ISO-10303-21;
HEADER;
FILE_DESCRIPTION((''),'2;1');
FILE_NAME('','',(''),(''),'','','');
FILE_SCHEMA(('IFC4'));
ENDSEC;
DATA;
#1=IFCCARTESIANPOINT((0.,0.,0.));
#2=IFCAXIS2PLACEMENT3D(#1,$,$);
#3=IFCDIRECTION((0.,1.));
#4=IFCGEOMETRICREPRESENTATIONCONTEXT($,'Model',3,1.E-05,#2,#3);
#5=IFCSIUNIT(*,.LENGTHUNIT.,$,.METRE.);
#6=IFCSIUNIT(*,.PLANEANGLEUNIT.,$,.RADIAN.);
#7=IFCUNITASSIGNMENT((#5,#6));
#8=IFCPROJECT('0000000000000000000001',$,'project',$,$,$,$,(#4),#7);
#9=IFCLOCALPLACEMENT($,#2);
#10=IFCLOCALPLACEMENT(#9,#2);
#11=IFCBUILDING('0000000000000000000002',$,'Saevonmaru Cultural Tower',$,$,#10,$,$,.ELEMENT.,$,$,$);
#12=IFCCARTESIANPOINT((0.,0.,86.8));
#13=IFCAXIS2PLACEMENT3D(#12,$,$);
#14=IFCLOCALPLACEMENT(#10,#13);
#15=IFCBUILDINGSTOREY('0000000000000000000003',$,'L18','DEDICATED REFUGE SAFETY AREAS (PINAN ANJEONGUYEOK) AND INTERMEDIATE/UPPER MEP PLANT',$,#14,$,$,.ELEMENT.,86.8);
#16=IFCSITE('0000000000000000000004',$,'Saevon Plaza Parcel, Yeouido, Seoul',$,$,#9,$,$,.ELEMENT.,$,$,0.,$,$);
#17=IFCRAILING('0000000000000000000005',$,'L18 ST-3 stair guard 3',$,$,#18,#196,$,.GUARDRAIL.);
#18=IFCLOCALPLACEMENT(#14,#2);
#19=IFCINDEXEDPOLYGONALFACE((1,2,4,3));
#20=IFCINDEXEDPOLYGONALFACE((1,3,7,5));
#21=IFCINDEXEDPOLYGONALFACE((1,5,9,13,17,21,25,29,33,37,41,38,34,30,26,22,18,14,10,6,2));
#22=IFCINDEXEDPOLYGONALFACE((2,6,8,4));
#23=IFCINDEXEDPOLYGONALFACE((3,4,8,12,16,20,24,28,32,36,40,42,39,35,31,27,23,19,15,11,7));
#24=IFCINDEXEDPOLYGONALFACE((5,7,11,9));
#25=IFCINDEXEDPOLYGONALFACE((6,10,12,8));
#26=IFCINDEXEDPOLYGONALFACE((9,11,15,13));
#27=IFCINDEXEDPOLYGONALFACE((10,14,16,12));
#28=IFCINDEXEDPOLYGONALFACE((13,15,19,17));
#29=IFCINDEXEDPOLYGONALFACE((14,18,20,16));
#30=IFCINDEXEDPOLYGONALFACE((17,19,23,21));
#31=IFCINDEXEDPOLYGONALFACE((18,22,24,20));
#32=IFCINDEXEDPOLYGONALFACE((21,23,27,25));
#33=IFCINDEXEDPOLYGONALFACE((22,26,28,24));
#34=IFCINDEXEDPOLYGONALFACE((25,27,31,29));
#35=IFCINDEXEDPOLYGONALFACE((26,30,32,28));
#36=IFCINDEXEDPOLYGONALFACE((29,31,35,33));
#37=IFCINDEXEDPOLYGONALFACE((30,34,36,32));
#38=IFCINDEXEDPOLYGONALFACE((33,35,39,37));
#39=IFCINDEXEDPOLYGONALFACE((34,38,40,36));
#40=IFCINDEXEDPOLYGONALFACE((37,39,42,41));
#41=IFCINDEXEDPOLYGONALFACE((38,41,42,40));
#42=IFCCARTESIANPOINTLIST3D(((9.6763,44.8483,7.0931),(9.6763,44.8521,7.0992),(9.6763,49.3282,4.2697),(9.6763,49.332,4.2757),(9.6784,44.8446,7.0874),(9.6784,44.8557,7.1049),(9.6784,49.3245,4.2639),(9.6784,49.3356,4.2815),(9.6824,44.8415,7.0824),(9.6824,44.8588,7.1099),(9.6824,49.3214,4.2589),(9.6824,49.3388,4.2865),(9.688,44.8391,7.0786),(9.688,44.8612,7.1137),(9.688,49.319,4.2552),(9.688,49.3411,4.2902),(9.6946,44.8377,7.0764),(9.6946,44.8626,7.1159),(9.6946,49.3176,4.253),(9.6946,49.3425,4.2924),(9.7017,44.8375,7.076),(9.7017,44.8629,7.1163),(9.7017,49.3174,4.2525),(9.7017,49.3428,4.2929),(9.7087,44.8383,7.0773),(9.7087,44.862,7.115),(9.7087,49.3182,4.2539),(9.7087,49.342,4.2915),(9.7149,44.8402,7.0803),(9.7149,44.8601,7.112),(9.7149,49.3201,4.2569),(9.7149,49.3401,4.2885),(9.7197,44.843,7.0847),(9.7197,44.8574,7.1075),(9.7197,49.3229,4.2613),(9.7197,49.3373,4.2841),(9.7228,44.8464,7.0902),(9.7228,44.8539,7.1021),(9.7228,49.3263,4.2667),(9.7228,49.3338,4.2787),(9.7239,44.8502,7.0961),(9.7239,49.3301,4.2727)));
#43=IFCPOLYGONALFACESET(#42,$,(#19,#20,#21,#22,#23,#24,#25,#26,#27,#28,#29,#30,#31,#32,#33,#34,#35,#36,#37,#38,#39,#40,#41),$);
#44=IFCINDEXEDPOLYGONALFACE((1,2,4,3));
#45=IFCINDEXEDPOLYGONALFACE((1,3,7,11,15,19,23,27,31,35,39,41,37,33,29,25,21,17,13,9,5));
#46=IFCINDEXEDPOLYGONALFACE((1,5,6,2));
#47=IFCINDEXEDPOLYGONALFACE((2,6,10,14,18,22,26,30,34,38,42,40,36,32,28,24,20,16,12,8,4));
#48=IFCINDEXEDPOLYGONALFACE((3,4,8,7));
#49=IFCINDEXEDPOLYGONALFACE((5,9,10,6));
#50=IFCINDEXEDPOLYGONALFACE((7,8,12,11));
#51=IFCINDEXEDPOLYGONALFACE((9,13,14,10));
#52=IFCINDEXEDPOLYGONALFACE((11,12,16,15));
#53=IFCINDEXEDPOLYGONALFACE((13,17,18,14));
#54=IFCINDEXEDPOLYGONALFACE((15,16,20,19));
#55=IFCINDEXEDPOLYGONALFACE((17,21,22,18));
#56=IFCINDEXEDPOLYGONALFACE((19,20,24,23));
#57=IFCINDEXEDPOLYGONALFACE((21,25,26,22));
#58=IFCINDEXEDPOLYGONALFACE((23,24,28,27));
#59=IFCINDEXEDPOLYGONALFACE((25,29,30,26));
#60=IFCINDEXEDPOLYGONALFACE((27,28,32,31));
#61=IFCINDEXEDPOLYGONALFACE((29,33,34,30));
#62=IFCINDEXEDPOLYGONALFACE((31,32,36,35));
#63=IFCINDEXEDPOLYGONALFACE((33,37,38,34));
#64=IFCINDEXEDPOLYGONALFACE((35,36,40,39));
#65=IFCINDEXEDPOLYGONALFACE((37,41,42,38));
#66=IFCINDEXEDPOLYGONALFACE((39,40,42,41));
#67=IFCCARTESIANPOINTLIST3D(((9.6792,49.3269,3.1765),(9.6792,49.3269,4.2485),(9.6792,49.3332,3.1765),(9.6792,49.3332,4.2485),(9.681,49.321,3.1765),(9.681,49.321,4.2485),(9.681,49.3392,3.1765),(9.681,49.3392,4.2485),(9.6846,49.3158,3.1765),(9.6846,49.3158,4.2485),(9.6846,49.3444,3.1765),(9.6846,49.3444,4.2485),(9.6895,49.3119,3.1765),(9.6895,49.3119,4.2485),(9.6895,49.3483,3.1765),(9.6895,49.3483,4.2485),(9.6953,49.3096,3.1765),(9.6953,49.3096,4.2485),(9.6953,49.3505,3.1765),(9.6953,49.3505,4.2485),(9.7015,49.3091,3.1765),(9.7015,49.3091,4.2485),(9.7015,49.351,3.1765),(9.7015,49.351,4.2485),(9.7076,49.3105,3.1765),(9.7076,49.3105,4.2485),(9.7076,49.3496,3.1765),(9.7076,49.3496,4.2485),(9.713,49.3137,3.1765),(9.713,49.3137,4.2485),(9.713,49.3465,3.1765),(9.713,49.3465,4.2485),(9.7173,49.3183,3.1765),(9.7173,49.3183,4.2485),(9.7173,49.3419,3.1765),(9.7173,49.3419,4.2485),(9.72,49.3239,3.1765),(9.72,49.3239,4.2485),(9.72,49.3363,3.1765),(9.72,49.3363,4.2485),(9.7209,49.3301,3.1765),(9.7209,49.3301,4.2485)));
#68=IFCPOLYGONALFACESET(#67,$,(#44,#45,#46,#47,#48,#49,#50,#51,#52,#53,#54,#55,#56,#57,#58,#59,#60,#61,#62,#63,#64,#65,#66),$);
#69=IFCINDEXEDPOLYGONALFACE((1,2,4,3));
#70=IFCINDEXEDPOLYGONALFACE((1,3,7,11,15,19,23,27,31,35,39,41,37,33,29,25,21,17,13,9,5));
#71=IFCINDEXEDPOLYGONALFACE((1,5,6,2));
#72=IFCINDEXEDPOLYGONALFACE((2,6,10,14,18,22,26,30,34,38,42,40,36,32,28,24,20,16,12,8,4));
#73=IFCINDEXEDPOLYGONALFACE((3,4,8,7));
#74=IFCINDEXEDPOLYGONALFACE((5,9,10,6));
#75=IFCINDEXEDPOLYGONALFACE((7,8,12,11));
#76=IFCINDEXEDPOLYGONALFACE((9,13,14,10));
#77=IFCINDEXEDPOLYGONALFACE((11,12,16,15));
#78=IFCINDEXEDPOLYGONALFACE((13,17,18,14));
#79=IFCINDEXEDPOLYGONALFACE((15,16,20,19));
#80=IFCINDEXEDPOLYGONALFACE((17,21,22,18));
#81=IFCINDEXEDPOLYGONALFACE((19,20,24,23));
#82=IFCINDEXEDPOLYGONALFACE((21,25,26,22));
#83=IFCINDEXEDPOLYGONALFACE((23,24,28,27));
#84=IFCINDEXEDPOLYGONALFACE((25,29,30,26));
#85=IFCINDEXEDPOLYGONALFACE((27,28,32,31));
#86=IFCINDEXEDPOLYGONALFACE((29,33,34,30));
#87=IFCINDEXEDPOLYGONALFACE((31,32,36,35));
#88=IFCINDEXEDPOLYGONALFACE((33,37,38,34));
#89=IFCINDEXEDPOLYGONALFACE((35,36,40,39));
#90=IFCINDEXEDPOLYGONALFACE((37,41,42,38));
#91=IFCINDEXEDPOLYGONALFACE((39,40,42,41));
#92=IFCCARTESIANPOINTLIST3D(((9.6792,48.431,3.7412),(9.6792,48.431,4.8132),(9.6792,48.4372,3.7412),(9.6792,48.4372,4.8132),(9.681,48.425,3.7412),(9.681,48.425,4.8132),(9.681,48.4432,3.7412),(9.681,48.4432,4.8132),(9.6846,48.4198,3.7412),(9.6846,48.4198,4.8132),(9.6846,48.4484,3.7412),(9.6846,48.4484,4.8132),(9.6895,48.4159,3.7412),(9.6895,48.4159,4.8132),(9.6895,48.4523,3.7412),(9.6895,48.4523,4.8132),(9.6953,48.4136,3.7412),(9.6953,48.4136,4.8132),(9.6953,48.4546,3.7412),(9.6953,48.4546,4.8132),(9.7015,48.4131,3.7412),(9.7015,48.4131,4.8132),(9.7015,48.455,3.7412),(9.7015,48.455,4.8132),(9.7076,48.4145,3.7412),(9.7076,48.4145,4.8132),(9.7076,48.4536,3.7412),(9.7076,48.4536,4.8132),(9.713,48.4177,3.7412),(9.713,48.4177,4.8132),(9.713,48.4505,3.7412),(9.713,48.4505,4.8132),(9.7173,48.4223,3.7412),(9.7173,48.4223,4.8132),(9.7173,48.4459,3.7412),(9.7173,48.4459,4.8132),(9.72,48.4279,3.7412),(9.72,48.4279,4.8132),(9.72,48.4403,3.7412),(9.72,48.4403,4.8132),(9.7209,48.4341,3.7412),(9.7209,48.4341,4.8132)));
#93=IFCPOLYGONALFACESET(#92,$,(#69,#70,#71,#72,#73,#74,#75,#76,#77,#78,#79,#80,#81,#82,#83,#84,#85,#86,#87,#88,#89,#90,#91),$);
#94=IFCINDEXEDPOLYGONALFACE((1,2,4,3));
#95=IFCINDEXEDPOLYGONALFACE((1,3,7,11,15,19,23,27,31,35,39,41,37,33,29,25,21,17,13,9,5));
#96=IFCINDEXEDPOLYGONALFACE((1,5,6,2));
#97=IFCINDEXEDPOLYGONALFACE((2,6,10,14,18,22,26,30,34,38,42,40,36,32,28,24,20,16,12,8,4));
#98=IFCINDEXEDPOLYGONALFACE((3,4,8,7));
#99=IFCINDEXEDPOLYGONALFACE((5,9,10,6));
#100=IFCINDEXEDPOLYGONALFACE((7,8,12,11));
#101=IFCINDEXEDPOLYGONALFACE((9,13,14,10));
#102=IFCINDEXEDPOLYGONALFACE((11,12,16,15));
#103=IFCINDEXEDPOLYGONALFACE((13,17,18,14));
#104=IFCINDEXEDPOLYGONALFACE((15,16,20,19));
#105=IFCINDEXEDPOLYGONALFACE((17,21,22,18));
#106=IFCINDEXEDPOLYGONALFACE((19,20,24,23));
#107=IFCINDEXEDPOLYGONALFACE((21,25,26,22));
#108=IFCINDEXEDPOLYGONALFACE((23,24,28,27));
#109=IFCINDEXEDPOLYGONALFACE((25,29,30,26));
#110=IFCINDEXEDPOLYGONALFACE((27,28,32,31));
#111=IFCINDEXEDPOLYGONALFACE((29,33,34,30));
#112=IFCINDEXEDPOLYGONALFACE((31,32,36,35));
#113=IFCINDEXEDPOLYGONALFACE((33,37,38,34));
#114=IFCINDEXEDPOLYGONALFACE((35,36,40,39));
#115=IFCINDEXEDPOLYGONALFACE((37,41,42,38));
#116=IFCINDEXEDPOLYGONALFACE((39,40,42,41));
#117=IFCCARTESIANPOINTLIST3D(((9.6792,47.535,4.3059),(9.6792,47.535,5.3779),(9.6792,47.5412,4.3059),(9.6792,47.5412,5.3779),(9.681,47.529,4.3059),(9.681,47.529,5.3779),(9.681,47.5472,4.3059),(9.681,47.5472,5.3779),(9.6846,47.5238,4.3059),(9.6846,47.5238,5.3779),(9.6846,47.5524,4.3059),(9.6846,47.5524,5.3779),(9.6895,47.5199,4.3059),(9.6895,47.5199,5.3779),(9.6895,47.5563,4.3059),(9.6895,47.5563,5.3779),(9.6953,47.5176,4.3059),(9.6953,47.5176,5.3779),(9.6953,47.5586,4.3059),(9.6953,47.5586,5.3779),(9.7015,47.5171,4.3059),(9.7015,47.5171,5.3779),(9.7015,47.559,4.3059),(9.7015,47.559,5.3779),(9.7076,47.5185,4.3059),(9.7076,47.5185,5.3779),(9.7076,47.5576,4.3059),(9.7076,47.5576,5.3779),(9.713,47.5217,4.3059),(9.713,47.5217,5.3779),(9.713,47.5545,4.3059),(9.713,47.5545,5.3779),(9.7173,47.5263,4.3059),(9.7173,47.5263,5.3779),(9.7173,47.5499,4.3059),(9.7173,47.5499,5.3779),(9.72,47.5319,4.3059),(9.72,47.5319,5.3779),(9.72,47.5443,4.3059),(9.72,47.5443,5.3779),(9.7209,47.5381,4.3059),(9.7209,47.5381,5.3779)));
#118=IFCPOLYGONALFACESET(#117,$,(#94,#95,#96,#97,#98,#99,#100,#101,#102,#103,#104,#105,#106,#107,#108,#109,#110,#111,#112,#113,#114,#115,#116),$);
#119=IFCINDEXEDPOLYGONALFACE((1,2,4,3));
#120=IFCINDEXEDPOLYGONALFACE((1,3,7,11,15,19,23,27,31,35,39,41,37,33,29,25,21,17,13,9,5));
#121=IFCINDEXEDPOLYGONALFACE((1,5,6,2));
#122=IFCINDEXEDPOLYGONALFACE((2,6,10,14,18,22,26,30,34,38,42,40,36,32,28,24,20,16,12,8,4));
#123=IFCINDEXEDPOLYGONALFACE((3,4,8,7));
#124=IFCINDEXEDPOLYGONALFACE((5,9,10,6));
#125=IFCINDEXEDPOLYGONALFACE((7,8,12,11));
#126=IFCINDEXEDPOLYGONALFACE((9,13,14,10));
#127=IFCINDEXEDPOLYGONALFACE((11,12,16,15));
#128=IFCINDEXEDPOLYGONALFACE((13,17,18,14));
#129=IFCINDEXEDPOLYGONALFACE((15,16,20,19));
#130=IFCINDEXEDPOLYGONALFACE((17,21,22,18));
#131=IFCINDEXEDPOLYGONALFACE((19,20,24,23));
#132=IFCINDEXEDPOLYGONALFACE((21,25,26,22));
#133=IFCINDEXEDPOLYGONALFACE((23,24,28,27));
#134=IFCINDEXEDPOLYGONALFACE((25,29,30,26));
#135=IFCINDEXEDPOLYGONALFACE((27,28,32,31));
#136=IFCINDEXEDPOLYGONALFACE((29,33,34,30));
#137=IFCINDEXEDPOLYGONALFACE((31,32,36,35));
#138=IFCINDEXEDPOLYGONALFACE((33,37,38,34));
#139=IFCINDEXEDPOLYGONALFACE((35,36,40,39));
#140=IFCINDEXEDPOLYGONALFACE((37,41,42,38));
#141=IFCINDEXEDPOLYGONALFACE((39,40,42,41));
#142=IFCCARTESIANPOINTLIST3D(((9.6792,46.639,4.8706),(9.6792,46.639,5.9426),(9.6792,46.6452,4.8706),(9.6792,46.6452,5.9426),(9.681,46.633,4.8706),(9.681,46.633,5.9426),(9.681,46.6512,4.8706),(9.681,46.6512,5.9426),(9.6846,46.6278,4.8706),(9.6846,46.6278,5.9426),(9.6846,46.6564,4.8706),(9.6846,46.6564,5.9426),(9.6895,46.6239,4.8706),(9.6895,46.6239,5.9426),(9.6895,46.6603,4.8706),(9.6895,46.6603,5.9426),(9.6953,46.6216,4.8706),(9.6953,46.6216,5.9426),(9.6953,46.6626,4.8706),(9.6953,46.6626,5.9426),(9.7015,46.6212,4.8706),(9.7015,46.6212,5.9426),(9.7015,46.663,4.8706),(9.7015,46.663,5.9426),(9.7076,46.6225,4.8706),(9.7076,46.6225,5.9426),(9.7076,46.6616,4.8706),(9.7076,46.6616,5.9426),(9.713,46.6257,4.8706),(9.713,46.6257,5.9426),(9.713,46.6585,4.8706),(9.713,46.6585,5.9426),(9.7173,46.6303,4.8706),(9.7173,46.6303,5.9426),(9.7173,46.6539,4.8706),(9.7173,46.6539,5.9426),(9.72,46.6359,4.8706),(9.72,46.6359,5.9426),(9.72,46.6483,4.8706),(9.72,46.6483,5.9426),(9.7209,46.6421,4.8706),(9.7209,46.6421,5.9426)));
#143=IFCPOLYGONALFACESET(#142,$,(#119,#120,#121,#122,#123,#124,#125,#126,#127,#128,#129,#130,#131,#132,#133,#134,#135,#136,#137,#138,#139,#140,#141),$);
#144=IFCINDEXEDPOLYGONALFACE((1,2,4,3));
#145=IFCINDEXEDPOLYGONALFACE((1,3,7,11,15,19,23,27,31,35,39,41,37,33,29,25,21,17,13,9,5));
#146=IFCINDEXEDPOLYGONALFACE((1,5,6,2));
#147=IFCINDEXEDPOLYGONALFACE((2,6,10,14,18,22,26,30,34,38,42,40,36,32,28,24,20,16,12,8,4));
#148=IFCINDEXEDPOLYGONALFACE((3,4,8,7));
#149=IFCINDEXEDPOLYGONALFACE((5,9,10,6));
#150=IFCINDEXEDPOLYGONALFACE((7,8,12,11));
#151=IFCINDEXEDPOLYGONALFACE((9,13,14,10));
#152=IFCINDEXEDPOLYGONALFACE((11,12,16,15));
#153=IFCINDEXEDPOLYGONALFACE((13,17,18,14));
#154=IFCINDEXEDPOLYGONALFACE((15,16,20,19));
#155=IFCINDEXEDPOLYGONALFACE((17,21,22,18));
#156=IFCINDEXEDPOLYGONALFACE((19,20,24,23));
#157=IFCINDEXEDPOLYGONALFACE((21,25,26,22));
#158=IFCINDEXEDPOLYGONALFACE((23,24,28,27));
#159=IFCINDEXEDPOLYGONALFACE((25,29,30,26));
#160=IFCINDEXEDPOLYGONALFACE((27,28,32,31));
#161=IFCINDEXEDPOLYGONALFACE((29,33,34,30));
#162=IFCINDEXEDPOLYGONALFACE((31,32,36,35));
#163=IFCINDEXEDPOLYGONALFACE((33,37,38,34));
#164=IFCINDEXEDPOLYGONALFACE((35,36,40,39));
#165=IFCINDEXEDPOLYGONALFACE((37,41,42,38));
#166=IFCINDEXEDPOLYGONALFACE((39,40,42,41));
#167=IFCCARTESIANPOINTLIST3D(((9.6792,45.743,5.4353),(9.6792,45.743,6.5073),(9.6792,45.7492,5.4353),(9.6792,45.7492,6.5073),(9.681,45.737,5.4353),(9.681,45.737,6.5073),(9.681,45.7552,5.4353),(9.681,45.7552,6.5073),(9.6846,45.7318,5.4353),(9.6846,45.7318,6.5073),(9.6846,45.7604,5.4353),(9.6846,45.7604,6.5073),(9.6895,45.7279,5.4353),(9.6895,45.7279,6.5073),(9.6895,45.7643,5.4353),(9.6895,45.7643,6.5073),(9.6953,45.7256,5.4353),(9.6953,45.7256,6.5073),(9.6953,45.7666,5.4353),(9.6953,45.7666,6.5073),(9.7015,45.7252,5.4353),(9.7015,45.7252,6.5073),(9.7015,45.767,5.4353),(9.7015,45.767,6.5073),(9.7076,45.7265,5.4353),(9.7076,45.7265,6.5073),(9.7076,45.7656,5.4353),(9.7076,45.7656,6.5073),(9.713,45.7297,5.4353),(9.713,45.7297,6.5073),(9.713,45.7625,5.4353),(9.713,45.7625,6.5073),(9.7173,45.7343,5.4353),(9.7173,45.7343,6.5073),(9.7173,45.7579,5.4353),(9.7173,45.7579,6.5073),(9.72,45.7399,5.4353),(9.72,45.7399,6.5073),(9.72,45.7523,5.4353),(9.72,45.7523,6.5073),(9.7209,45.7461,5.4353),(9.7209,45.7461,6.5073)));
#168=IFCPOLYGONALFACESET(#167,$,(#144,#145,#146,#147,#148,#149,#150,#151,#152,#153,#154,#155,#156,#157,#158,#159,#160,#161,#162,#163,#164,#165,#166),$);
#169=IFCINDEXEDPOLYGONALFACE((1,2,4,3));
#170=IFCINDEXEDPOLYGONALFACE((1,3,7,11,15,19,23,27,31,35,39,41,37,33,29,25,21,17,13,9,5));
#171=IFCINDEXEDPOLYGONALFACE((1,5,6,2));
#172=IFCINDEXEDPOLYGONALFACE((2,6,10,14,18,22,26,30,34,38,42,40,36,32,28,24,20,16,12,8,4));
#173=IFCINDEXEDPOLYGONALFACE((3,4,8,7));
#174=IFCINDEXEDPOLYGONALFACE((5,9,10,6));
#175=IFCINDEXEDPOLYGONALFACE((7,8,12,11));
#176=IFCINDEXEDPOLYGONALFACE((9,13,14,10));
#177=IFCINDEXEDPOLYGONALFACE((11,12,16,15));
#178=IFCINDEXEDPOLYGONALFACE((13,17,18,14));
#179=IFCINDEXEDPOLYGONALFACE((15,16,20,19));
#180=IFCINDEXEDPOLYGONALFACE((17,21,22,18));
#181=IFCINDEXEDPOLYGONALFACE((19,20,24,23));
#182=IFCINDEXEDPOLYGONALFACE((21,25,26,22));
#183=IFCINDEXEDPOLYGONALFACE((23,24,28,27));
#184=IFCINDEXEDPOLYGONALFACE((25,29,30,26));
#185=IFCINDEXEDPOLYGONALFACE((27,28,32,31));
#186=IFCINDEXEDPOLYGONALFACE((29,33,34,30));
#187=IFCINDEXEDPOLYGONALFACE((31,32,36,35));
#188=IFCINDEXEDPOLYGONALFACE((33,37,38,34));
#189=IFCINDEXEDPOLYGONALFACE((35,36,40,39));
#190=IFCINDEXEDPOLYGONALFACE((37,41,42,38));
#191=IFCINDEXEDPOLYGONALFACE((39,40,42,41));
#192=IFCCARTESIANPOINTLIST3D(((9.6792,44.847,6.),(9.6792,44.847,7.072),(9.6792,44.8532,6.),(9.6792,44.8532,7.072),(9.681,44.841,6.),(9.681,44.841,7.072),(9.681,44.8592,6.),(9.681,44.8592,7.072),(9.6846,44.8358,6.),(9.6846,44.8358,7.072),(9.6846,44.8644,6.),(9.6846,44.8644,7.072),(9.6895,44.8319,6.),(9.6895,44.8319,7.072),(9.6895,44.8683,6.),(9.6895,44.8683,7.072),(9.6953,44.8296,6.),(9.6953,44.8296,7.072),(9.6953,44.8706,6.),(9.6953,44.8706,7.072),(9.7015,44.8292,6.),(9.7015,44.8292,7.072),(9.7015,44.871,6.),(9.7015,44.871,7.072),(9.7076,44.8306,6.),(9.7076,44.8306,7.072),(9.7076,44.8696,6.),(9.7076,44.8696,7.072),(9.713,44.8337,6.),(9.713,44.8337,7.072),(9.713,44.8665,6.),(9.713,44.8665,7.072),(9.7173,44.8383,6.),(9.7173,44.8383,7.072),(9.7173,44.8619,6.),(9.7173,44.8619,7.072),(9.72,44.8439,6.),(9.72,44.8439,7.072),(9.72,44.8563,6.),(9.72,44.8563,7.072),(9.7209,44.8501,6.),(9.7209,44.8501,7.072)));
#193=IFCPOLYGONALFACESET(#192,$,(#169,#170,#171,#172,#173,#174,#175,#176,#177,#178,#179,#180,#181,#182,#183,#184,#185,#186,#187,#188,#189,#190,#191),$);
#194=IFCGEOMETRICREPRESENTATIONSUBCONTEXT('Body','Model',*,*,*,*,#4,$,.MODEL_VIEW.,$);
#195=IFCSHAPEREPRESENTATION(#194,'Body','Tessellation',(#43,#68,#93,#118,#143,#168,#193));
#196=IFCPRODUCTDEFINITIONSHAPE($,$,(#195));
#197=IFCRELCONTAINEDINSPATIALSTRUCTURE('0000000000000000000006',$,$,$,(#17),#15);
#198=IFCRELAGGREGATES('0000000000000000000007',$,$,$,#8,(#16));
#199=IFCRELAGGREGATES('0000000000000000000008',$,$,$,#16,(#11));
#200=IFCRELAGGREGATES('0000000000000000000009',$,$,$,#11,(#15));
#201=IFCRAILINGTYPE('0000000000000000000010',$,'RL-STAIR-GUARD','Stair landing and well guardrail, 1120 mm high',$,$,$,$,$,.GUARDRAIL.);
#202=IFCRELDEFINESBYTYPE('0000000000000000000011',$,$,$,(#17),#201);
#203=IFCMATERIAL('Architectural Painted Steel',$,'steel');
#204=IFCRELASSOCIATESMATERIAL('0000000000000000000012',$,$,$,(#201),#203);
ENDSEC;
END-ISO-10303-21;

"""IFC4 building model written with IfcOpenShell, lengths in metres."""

from ifc_helpers import new_model, si_unit, direction, frame, origin, origin_2d, place, context, subcontext, project, spatial, circle, extrude, material, type_object, element, save


model = new_model("IFC4")

# Units and contexts
model_context = context("Model", 3, precision=1e-05, world=origin(), true_north=direction((0.0, 1.0)))
body_context = subcontext(model_context, "Body", "Model", "MODEL_VIEW")
ifc_project = project(units=[si_unit("LENGTHUNIT", "METRE"), si_unit("PLANEANGLEUNIT", "RADIAN")], contexts=[model_context])

# Site, building, storey
site_placement = place(None, origin())
site = spatial("IfcSite", under=ifc_project, at=site_placement, Name="Saevon Plaza Parcel, Yeouido, Seoul", CompositionType="ELEMENT", RefElevation=0.0)
building_placement = place(site_placement, origin())
building = spatial("IfcBuilding", under=site, at=building_placement, Name="Saevonmaru Cultural Tower", CompositionType="ELEMENT")
storey_placement = place(building_placement, frame((0.0, 0.0, 86.8)))
storey = spatial("IfcBuildingStorey", under=building, at=storey_placement, Name="L18", Description="DEDICATED REFUGE SAFETY AREAS (PINAN ANJEONGUYEOK) AND INTERMEDIATE/UPPER MEP PLANT", CompositionType="ELEMENT", Elevation=86.8)

# Railing
ifc_material_1 = material(Name="Architectural Painted Steel", Category="steel")
railing_type_1 = type_object("IfcRailingType", Name="RL-STAIR-GUARD", Description="Stair landing and well guardrail, 1120 mm high", PredefinedType="GUARDRAIL", material=ifc_material_1)
railing_1_placement = place(storey_placement, frame((9.7, 49.3301, 3.1765)))
element("IfcRailing", 1, at=railing_1_placement, inside=storey, type_object=railing_type_1, Name="L18 ST-3 stair guard 3", PredefinedType="GUARDRAIL", context=body_context, shape_type="SweptSolid", body=[
    extrude(circle(Radius=0.0239, at=origin_2d()), frame((0.0, 0.0, 1.0962), z_axis=(0.0, -0.845998, 0.533186), x_axis=(1.0, 0.0, 0.0)), (0.0, 0.0, 1.0), 5.2954),
    extrude(circle(Radius=0.021, at=origin_2d()), origin(), (0.0, 0.0, 1.0), 1.072),
    extrude(circle(Radius=0.021, at=origin_2d()), frame((0.0, -0.896, 0.5647)), (0.0, 0.0, 1.0), 1.072),
    extrude(circle(Radius=0.021, at=origin_2d()), frame((0.0, -1.792, 1.1294)), (0.0, 0.0, 1.0), 1.072),
    extrude(circle(Radius=0.021, at=origin_2d()), frame((0.0, -2.688, 1.6941)), (0.0, 0.0, 1.0), 1.072),
    extrude(circle(Radius=0.021, at=origin_2d()), frame((0.0, -3.584, 2.2588)), (0.0, 0.0, 1.0), 1.072),
    extrude(circle(Radius=0.021, at=origin_2d()), frame((0.0, -4.48, 2.8235)), (0.0, 0.0, 1.0), 1.072),
])

save(model, "model.ifc")
